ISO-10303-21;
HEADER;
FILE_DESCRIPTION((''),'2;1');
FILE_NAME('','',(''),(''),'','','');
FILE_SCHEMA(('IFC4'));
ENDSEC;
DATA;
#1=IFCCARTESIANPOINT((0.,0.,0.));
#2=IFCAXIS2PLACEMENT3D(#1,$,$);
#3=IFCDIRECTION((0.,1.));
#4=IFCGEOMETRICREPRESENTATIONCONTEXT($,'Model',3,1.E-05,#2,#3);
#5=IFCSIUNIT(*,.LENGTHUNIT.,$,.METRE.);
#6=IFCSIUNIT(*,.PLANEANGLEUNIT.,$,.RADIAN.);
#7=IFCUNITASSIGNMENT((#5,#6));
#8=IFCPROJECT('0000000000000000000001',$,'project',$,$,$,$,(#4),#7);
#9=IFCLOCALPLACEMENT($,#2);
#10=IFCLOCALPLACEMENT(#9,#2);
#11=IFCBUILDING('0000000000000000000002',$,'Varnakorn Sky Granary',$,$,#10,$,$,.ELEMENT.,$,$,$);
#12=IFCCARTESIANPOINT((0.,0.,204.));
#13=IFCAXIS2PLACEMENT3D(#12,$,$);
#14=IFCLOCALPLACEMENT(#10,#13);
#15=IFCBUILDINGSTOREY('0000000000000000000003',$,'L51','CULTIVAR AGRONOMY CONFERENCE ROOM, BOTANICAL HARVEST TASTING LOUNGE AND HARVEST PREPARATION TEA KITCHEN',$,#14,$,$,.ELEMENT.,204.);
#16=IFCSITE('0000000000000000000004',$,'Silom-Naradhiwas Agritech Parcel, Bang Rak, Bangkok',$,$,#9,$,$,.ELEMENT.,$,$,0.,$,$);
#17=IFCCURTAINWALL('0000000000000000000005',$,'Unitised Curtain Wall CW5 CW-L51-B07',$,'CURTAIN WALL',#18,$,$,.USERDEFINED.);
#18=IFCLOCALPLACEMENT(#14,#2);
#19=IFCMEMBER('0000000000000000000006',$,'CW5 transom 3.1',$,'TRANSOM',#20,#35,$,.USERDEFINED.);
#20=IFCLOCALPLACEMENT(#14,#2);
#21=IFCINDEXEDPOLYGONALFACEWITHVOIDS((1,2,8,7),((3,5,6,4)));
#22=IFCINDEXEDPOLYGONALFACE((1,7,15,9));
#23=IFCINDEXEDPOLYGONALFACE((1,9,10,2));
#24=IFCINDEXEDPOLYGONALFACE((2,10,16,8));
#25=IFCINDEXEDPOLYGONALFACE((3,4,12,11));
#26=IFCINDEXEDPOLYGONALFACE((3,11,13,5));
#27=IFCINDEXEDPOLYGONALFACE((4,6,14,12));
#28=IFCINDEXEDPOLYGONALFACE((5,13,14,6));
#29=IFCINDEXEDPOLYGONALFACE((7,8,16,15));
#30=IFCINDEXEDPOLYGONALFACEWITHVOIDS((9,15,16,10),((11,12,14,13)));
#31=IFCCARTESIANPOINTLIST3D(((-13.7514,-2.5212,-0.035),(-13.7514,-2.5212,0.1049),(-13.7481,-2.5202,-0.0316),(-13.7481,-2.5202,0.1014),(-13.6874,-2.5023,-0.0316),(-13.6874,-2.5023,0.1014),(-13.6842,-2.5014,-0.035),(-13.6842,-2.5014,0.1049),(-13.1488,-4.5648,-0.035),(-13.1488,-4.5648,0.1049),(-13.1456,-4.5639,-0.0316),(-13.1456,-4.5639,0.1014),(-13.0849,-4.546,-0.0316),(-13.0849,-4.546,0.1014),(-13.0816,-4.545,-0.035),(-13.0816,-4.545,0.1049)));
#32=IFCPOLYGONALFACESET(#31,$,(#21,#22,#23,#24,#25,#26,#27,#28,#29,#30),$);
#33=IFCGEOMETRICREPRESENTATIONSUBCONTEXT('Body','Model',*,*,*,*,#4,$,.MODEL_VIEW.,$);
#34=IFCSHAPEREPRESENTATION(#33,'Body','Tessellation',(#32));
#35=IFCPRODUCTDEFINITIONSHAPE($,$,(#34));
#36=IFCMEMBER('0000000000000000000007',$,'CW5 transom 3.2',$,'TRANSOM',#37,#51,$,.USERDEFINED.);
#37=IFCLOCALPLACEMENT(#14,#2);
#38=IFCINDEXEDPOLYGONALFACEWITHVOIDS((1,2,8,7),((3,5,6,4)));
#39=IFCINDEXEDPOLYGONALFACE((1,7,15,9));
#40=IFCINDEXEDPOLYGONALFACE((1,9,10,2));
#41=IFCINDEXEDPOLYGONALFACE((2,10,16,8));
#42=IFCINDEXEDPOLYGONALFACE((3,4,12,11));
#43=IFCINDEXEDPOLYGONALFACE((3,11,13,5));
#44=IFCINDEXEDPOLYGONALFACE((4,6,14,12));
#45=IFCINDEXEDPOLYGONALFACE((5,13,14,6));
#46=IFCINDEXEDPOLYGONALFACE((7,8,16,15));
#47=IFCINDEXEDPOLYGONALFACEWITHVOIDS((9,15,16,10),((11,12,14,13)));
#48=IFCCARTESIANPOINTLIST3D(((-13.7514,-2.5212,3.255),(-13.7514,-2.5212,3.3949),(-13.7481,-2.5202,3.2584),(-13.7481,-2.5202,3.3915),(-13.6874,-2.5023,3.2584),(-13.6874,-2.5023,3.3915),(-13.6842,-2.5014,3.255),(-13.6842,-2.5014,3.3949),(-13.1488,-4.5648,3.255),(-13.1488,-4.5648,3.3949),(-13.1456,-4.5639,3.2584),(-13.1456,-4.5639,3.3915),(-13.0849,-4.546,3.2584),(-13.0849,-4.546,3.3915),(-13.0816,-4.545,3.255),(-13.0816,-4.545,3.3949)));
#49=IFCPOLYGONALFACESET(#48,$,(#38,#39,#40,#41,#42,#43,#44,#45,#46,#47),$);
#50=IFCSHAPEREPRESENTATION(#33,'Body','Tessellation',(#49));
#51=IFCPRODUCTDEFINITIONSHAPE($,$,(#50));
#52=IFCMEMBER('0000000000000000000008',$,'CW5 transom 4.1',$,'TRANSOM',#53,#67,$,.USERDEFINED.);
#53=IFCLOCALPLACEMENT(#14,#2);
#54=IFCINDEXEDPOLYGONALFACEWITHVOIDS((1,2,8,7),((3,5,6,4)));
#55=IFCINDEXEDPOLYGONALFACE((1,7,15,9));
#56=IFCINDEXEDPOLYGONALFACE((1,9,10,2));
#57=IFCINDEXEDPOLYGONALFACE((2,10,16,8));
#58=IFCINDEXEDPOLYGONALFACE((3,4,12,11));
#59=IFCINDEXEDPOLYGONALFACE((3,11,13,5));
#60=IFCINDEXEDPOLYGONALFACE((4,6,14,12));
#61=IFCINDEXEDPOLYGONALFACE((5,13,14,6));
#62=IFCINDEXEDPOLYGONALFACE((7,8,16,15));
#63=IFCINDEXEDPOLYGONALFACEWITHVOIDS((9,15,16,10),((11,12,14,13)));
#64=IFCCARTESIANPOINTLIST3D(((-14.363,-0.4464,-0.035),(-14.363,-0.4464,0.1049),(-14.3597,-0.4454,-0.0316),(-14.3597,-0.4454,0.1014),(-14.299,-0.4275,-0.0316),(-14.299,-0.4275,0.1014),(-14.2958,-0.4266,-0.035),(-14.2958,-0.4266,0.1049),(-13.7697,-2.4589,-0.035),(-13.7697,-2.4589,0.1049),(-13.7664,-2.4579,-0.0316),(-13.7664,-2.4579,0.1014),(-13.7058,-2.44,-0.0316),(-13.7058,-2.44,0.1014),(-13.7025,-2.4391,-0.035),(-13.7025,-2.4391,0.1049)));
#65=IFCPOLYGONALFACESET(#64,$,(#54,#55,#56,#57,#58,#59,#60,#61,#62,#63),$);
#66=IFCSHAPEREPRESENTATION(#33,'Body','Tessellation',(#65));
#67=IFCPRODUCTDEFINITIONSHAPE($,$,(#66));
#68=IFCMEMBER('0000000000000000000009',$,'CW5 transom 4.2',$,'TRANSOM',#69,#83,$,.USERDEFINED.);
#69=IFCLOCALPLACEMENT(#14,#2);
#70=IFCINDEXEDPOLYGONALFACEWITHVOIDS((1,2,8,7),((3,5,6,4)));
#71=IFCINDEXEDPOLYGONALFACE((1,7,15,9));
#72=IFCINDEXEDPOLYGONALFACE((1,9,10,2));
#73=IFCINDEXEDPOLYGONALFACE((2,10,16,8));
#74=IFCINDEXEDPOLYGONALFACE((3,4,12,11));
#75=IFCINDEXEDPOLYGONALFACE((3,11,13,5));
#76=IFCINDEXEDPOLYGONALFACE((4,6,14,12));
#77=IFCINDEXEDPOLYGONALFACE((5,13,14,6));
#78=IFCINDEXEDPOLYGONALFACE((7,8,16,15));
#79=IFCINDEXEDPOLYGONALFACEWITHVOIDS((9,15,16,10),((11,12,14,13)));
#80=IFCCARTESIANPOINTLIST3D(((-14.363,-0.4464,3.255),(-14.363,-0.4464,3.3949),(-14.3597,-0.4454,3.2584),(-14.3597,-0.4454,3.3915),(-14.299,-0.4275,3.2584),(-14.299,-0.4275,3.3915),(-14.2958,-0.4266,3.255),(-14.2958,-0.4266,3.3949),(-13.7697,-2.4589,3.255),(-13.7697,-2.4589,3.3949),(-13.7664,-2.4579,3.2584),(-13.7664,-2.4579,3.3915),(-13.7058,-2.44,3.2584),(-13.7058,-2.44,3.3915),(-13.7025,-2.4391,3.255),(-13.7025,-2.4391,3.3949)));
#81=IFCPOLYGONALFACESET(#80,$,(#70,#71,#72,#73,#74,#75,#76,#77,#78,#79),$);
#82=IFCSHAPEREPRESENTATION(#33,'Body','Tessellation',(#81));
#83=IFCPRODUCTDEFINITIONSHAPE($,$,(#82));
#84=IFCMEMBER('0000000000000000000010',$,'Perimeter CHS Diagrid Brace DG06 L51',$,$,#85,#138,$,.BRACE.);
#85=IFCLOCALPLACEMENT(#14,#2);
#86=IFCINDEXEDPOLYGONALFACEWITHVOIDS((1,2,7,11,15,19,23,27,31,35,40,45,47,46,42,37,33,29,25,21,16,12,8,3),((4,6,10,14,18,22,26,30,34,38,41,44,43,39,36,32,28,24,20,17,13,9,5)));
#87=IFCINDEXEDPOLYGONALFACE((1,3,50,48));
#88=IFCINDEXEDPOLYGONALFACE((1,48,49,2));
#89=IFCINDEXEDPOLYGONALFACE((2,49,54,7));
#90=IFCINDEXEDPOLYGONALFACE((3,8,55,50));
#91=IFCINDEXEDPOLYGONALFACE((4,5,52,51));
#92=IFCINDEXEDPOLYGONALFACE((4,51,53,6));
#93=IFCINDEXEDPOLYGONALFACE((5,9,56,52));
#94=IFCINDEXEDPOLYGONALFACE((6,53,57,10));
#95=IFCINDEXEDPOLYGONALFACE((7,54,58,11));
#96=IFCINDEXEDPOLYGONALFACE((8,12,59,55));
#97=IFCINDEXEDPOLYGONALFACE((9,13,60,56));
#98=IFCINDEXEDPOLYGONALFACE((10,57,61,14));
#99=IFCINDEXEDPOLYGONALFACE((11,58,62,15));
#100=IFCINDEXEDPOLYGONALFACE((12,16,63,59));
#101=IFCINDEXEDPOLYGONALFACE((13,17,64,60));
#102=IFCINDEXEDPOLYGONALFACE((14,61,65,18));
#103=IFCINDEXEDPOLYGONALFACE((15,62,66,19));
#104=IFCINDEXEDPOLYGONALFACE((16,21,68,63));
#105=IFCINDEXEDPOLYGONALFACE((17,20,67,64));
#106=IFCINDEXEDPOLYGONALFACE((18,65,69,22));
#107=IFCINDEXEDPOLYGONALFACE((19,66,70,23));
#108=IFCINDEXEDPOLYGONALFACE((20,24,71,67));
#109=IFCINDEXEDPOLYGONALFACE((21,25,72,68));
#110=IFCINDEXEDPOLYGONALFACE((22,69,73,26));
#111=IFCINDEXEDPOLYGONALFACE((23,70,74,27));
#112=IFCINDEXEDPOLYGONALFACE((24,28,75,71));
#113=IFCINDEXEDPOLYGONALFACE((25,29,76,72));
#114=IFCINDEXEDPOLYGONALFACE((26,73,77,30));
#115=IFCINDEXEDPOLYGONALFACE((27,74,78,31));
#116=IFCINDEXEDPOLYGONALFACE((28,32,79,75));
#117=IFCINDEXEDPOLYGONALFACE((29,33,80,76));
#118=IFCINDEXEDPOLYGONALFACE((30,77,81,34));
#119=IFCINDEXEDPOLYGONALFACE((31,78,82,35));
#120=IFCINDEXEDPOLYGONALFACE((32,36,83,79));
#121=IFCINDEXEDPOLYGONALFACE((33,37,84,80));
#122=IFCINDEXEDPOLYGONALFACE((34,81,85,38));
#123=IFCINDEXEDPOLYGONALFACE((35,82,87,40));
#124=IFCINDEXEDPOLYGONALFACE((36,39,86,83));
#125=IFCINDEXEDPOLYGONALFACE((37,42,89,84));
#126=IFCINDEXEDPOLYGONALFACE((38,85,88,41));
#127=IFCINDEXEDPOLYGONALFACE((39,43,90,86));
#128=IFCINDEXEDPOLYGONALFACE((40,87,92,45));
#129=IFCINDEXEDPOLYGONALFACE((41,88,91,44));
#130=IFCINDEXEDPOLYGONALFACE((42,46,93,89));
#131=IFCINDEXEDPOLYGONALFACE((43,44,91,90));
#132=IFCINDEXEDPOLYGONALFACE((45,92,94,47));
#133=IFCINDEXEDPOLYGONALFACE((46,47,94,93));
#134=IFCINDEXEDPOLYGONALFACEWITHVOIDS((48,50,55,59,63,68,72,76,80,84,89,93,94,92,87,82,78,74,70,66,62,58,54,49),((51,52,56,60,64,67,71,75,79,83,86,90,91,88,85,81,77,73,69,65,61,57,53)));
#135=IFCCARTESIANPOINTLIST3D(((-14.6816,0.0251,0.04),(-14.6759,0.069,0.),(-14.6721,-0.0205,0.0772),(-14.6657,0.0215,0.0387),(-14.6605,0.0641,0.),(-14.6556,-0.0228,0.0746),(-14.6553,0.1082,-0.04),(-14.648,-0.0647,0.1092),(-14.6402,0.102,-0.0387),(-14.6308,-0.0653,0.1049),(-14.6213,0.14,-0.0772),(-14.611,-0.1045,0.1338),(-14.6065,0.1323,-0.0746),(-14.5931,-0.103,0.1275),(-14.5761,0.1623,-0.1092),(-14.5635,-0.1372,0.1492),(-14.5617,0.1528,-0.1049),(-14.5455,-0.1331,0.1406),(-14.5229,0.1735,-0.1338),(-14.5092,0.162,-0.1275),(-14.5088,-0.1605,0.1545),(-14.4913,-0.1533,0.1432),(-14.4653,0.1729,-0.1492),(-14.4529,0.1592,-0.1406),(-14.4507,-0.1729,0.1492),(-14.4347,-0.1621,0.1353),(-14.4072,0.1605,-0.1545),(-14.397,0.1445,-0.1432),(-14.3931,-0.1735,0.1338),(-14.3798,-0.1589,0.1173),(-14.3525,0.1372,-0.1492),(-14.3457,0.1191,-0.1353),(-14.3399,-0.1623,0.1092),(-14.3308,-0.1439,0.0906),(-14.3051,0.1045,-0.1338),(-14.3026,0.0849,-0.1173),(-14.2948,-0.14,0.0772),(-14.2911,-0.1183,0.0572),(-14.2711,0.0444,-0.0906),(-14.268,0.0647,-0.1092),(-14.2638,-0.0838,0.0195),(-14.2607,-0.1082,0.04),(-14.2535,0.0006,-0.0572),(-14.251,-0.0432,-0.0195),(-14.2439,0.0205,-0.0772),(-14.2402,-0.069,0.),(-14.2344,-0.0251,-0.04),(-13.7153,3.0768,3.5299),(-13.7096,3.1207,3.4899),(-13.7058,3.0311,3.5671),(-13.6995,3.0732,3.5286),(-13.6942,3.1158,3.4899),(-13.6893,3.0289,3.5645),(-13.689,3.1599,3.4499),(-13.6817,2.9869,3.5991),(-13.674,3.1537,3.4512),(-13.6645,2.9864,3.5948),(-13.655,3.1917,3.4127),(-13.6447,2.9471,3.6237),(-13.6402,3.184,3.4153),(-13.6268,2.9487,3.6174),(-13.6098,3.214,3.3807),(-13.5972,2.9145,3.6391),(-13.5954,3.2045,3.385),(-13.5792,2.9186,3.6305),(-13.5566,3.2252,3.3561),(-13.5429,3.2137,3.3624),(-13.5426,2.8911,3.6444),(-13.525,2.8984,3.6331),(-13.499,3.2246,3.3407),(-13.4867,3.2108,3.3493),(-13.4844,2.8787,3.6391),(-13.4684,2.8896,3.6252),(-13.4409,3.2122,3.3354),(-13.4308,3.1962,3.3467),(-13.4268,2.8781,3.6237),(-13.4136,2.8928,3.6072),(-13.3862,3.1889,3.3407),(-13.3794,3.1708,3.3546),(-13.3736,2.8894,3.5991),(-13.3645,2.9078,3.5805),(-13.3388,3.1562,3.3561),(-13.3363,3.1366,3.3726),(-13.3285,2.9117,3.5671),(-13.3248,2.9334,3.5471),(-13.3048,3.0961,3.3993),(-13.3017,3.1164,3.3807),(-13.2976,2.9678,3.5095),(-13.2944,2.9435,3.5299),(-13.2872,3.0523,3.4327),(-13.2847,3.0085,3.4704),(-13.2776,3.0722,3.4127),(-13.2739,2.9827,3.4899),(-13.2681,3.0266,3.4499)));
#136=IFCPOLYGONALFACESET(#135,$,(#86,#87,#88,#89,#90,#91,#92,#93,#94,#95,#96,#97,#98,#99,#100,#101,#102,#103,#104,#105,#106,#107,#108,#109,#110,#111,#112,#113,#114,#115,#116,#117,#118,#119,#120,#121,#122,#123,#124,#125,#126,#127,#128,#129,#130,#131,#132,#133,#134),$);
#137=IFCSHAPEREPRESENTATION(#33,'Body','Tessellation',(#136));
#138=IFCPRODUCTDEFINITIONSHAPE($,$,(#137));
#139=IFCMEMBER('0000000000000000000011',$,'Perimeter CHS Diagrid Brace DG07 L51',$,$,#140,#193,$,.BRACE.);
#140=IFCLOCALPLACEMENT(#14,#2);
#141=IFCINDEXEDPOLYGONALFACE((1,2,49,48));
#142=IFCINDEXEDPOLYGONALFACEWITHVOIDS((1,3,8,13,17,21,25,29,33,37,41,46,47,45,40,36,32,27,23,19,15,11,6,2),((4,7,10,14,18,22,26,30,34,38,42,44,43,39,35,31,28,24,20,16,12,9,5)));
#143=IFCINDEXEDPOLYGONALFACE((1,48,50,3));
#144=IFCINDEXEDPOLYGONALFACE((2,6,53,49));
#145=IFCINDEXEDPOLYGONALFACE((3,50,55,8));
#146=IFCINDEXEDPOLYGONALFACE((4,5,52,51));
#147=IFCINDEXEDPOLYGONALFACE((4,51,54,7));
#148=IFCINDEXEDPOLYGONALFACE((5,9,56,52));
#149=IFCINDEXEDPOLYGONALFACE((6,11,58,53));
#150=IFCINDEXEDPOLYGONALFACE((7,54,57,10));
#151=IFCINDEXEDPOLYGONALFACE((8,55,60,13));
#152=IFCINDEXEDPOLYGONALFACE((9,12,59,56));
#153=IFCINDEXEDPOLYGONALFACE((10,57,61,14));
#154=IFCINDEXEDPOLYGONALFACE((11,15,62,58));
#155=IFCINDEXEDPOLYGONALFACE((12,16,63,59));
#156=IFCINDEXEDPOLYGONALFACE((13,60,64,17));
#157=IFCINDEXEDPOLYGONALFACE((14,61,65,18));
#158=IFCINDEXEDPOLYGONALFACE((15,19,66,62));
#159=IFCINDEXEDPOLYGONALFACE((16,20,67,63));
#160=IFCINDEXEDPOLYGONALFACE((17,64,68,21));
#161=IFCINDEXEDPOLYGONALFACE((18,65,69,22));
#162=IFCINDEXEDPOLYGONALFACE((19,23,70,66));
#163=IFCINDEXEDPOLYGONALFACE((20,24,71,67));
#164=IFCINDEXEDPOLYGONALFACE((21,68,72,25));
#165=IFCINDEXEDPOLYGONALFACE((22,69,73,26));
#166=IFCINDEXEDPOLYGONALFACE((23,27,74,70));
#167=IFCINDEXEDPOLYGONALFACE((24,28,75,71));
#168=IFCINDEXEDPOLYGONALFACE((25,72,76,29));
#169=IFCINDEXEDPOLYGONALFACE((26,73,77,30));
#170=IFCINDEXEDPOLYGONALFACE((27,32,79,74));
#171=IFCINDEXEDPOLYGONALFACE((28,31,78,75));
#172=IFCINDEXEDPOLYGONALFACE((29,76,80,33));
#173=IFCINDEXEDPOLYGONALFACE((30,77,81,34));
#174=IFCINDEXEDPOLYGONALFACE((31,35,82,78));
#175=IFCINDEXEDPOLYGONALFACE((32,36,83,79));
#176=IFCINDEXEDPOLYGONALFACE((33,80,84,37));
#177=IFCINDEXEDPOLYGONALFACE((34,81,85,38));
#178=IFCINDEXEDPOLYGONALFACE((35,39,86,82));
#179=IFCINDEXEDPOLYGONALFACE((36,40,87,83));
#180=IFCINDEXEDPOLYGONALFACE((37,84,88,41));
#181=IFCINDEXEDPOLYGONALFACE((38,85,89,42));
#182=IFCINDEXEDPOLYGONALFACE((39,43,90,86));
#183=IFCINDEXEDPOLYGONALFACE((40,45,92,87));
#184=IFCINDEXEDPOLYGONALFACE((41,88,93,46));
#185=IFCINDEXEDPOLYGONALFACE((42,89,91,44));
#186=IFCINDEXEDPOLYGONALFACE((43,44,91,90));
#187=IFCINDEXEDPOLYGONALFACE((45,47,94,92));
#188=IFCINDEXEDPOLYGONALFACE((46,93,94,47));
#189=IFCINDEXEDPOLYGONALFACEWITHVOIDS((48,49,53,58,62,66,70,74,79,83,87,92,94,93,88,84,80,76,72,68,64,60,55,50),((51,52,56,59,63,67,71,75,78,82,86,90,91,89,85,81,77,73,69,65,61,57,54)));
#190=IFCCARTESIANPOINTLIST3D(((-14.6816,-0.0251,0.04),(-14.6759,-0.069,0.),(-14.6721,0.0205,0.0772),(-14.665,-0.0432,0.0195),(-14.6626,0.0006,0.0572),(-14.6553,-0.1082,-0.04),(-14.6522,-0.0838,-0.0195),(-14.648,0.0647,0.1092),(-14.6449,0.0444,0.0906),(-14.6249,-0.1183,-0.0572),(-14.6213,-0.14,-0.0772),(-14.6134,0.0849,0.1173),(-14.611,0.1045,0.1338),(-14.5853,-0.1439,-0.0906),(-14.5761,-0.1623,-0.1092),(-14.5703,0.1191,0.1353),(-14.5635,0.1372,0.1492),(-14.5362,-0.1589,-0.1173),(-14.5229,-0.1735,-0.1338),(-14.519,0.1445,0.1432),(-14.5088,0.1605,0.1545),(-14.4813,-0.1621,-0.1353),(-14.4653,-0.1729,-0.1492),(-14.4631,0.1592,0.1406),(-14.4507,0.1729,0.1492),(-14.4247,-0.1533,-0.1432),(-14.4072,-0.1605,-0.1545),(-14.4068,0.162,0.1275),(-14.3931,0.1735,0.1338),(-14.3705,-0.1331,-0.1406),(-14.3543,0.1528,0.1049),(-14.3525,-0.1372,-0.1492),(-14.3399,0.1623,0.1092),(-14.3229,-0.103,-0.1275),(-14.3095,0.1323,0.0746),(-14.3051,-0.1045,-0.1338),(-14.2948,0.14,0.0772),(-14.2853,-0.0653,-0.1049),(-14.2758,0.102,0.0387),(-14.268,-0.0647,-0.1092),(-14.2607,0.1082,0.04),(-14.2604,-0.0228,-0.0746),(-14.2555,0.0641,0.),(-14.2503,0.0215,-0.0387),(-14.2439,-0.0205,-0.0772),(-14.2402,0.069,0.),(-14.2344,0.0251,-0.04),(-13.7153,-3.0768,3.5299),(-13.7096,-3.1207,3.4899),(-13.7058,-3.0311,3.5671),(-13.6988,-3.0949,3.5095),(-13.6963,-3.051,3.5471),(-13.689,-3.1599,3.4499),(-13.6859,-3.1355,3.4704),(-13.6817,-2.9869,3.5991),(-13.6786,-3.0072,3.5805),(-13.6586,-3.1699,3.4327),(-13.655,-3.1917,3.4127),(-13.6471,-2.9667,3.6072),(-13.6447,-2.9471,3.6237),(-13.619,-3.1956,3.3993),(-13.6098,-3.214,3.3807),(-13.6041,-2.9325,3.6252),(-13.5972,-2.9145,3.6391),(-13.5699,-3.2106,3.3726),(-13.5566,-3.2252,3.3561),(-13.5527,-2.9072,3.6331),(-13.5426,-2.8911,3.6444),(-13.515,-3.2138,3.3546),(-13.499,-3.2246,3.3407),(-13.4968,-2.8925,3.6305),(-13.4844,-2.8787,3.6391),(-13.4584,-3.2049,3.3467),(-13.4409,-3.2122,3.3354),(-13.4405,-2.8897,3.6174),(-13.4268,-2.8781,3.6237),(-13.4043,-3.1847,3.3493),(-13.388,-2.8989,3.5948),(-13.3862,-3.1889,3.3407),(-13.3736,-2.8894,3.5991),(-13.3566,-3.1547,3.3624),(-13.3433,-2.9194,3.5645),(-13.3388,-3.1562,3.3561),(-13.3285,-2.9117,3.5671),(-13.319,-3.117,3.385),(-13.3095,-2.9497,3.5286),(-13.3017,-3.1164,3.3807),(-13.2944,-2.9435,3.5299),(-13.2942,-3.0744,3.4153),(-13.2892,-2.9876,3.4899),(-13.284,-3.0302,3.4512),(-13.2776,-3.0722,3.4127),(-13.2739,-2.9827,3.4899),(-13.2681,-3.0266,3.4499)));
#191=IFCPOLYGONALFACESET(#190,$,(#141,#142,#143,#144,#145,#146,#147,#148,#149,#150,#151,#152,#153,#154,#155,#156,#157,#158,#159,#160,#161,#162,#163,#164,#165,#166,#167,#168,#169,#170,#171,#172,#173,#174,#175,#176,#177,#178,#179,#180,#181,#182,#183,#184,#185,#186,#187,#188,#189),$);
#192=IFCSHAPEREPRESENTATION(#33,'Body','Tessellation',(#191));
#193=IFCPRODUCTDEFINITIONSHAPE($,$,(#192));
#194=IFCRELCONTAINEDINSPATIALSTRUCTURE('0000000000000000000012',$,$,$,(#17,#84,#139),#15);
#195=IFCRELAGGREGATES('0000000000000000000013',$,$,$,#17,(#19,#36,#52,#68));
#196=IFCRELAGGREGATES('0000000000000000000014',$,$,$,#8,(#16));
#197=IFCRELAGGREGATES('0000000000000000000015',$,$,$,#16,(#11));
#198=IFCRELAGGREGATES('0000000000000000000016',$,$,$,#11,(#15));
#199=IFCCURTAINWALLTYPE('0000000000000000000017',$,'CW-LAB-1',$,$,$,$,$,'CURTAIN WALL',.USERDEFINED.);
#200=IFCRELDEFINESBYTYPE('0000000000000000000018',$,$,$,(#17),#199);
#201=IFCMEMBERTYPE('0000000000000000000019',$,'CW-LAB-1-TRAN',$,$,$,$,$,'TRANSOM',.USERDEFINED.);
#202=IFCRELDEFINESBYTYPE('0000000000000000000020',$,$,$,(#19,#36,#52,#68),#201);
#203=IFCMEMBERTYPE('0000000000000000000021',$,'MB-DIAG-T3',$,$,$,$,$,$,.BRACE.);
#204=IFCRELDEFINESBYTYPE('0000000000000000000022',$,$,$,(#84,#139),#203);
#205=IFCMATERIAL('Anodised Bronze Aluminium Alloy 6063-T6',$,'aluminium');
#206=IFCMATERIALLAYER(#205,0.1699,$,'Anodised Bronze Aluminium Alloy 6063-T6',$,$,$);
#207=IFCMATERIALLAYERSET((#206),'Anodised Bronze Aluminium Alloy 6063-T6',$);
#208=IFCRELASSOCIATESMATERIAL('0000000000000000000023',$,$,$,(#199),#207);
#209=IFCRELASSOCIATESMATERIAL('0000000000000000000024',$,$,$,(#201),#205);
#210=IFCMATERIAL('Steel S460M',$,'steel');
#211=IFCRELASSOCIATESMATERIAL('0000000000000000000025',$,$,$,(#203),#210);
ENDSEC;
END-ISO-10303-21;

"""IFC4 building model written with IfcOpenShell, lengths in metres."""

from ifc_helpers import new_model, si_unit, direction, frame, origin, origin_2d, place, context, subcontext, project, spatial, hollow_rectangle, hollow_circle, extrude, material, layer, layer_set, material_profile, profile_set, type_object, element, aggregate, save


model = new_model("IFC4")

# Units and contexts
model_context = context("Model", 3, precision=1e-05, world=origin(), true_north=direction((0.0, 1.0)))
body_context = subcontext(model_context, "Body", "Model", "MODEL_VIEW")
ifc_project = project(units=[si_unit("LENGTHUNIT", "METRE"), si_unit("PLANEANGLEUNIT", "RADIAN")], contexts=[model_context])

# Site, building, storey
site_placement = place(None, origin())
site = spatial("IfcSite", under=ifc_project, at=site_placement, Name="Silom-Naradhiwas Agritech Parcel, Bang Rak, Bangkok", CompositionType="ELEMENT", RefElevation=0.0)
building_placement = place(site_placement, origin())
building = spatial("IfcBuilding", under=site, at=building_placement, Name="Varnakorn Sky Granary", CompositionType="ELEMENT")
storey_placement = place(building_placement, frame((0.0, 0.0, 204.0)))
storey = spatial("IfcBuildingStorey", under=building, at=storey_placement, Name="L51", Description="CULTIVAR AGRONOMY CONFERENCE ROOM, BOTANICAL HARVEST TASTING LOUNGE AND HARVEST PREPARATION TEA KITCHEN", CompositionType="ELEMENT", Elevation=204.0)

# Shared definitions
ifc_material_1 = material(Name="Steel S460M", Category="steel")

# Curtain wall, members
ifc_material_2 = material(Name="Anodised Bronze Aluminium Alloy 6063-T6", Category="aluminium")
ifc_layer_1 = layer(ifc_material_2, 0.1699, Name="Anodised Bronze Aluminium Alloy 6063-T6")
ifc_layer_set_1 = layer_set([ifc_layer_1], Name="Anodised Bronze Aluminium Alloy 6063-T6")
curtain_wall_type = type_object("IfcCurtainWallType", Name="CW-LAB-1", ElementType="CURTAIN WALL", PredefinedType="USERDEFINED", material=ifc_layer_set_1)
curtain_wall_placement = place(storey_placement, origin())
curtain_wall = element("IfcCurtainWall", 1, at=curtain_wall_placement, inside=storey, type_object=curtain_wall_type, Name="Unitised Curtain Wall CW5 CW-L51-B07", ObjectType="CURTAIN WALL", PredefinedType="USERDEFINED")
ifc_material_profile_1 = material_profile(ifc_material_2, hollow_rectangle(XDim=0.0701, YDim=0.1399, WallThickness=0.0034, at=origin_2d()), Name="ALU TRAN 70x140")
ifc_profile_set_1 = profile_set([ifc_material_profile_1], Name="Anodised Bronze Aluminium Alloy 6063-T6")
member_type_1 = type_object("IfcMemberType", Name="CW-LAB-1-TRAN", ElementType="TRANSOM", PredefinedType="USERDEFINED", material=ifc_profile_set_1)
member_1_placement = place(storey_placement, frame((-13.1152, -4.5549, 0.0349), z_axis=(-0.282793, 0.959181, 0.0), x_axis=(-0.959181, -0.282793, 0.0)))
member_1 = element("IfcMember", 2, at=member_1_placement, type_object=member_type_1, Name="CW5 transom 3.1", ObjectType="TRANSOM", PredefinedType="USERDEFINED", context=body_context, shape_type="SweptSolid", body=[
    extrude(hollow_rectangle(XDim=0.0701, YDim=0.1399, WallThickness=0.0034, at=origin_2d()), origin(), (0.0, 0.0, 1.0), 2.1306),
])
member_2_placement = place(storey_placement, frame((-13.1152, -4.5549, 3.325), z_axis=(-0.282793, 0.959181, 0.0), x_axis=(-0.959181, -0.282793, 0.0)))
member_2 = element("IfcMember", 3, at=member_2_placement, type_object=member_type_1, Name="CW5 transom 3.2", ObjectType="TRANSOM", PredefinedType="USERDEFINED", context=body_context, shape_type="SweptSolid", body=[
    extrude(hollow_rectangle(XDim=0.0701, YDim=0.1399, WallThickness=0.0034, at=origin_2d()), origin(), (0.0, 0.0, 1.0), 2.1306),
])
member_3_placement = place(storey_placement, frame((-13.7361, -2.449, 0.0349), z_axis=(-0.282765, 0.959189, 0.0), x_axis=(-0.959189, -0.282765, 0.0)))
member_3 = element("IfcMember", 4, at=member_3_placement, type_object=member_type_1, Name="CW5 transom 4.1", ObjectType="TRANSOM", PredefinedType="USERDEFINED", context=body_context, shape_type="SweptSolid", body=[
    extrude(hollow_rectangle(XDim=0.0701, YDim=0.1399, WallThickness=0.0034, at=origin_2d()), origin(), (0.0, 0.0, 1.0), 2.0981),
])
member_4_placement = place(storey_placement, frame((-13.7361, -2.449, 3.325), z_axis=(-0.282765, 0.959189, 0.0), x_axis=(-0.959189, -0.282765, 0.0)))
member_4 = element("IfcMember", 5, at=member_4_placement, type_object=member_type_1, Name="CW5 transom 4.2", ObjectType="TRANSOM", PredefinedType="USERDEFINED", context=body_context, shape_type="SweptSolid", body=[
    extrude(hollow_rectangle(XDim=0.0701, YDim=0.1399, WallThickness=0.0034, at=origin_2d()), origin(), (0.0, 0.0, 1.0), 2.0981),
])

# Members
ifc_material_profile_2 = material_profile(ifc_material_1, hollow_circle(Radius=0.2285, WallThickness=0.0161, at=origin_2d()), Name="CHS 457x16")
ifc_profile_set_2 = profile_set([ifc_material_profile_2], Name="Steel S460M")
member_type_2 = type_object("IfcMemberType", Name="MB-DIAG-T3", PredefinedType="BRACE", material=ifc_profile_set_2)
for number, where, z_axis, x_axis, name in (
    (6, (-14.458, 0.0, 0.0), (0.204047, 0.644413, 0.736951), (-0.95335, 0.301869, 0.0), "Perimeter CHS Diagrid Brace DG06 L51"),
    (7, (-14.458, 0.0, 0.0), (0.204047, -0.644413, 0.736951), (0.95335, 0.301869, 0.0), "Perimeter CHS Diagrid Brace DG07 L51"),
):
    element("IfcMember", number, at=place(storey_placement, frame(where, z_axis=z_axis, x_axis=x_axis)), inside=storey, type_object=member_type_2, Name=name, PredefinedType="BRACE", context=body_context, shape_type="SweptSolid", body=[
        extrude(hollow_circle(Radius=0.2285, WallThickness=0.0161, at=origin_2d()), origin(), (0.0, 0.0, 1.0), 4.7356),
    ])

aggregate(curtain_wall, [member_1, member_2, member_3, member_4])

save(model, "model.ifc")
